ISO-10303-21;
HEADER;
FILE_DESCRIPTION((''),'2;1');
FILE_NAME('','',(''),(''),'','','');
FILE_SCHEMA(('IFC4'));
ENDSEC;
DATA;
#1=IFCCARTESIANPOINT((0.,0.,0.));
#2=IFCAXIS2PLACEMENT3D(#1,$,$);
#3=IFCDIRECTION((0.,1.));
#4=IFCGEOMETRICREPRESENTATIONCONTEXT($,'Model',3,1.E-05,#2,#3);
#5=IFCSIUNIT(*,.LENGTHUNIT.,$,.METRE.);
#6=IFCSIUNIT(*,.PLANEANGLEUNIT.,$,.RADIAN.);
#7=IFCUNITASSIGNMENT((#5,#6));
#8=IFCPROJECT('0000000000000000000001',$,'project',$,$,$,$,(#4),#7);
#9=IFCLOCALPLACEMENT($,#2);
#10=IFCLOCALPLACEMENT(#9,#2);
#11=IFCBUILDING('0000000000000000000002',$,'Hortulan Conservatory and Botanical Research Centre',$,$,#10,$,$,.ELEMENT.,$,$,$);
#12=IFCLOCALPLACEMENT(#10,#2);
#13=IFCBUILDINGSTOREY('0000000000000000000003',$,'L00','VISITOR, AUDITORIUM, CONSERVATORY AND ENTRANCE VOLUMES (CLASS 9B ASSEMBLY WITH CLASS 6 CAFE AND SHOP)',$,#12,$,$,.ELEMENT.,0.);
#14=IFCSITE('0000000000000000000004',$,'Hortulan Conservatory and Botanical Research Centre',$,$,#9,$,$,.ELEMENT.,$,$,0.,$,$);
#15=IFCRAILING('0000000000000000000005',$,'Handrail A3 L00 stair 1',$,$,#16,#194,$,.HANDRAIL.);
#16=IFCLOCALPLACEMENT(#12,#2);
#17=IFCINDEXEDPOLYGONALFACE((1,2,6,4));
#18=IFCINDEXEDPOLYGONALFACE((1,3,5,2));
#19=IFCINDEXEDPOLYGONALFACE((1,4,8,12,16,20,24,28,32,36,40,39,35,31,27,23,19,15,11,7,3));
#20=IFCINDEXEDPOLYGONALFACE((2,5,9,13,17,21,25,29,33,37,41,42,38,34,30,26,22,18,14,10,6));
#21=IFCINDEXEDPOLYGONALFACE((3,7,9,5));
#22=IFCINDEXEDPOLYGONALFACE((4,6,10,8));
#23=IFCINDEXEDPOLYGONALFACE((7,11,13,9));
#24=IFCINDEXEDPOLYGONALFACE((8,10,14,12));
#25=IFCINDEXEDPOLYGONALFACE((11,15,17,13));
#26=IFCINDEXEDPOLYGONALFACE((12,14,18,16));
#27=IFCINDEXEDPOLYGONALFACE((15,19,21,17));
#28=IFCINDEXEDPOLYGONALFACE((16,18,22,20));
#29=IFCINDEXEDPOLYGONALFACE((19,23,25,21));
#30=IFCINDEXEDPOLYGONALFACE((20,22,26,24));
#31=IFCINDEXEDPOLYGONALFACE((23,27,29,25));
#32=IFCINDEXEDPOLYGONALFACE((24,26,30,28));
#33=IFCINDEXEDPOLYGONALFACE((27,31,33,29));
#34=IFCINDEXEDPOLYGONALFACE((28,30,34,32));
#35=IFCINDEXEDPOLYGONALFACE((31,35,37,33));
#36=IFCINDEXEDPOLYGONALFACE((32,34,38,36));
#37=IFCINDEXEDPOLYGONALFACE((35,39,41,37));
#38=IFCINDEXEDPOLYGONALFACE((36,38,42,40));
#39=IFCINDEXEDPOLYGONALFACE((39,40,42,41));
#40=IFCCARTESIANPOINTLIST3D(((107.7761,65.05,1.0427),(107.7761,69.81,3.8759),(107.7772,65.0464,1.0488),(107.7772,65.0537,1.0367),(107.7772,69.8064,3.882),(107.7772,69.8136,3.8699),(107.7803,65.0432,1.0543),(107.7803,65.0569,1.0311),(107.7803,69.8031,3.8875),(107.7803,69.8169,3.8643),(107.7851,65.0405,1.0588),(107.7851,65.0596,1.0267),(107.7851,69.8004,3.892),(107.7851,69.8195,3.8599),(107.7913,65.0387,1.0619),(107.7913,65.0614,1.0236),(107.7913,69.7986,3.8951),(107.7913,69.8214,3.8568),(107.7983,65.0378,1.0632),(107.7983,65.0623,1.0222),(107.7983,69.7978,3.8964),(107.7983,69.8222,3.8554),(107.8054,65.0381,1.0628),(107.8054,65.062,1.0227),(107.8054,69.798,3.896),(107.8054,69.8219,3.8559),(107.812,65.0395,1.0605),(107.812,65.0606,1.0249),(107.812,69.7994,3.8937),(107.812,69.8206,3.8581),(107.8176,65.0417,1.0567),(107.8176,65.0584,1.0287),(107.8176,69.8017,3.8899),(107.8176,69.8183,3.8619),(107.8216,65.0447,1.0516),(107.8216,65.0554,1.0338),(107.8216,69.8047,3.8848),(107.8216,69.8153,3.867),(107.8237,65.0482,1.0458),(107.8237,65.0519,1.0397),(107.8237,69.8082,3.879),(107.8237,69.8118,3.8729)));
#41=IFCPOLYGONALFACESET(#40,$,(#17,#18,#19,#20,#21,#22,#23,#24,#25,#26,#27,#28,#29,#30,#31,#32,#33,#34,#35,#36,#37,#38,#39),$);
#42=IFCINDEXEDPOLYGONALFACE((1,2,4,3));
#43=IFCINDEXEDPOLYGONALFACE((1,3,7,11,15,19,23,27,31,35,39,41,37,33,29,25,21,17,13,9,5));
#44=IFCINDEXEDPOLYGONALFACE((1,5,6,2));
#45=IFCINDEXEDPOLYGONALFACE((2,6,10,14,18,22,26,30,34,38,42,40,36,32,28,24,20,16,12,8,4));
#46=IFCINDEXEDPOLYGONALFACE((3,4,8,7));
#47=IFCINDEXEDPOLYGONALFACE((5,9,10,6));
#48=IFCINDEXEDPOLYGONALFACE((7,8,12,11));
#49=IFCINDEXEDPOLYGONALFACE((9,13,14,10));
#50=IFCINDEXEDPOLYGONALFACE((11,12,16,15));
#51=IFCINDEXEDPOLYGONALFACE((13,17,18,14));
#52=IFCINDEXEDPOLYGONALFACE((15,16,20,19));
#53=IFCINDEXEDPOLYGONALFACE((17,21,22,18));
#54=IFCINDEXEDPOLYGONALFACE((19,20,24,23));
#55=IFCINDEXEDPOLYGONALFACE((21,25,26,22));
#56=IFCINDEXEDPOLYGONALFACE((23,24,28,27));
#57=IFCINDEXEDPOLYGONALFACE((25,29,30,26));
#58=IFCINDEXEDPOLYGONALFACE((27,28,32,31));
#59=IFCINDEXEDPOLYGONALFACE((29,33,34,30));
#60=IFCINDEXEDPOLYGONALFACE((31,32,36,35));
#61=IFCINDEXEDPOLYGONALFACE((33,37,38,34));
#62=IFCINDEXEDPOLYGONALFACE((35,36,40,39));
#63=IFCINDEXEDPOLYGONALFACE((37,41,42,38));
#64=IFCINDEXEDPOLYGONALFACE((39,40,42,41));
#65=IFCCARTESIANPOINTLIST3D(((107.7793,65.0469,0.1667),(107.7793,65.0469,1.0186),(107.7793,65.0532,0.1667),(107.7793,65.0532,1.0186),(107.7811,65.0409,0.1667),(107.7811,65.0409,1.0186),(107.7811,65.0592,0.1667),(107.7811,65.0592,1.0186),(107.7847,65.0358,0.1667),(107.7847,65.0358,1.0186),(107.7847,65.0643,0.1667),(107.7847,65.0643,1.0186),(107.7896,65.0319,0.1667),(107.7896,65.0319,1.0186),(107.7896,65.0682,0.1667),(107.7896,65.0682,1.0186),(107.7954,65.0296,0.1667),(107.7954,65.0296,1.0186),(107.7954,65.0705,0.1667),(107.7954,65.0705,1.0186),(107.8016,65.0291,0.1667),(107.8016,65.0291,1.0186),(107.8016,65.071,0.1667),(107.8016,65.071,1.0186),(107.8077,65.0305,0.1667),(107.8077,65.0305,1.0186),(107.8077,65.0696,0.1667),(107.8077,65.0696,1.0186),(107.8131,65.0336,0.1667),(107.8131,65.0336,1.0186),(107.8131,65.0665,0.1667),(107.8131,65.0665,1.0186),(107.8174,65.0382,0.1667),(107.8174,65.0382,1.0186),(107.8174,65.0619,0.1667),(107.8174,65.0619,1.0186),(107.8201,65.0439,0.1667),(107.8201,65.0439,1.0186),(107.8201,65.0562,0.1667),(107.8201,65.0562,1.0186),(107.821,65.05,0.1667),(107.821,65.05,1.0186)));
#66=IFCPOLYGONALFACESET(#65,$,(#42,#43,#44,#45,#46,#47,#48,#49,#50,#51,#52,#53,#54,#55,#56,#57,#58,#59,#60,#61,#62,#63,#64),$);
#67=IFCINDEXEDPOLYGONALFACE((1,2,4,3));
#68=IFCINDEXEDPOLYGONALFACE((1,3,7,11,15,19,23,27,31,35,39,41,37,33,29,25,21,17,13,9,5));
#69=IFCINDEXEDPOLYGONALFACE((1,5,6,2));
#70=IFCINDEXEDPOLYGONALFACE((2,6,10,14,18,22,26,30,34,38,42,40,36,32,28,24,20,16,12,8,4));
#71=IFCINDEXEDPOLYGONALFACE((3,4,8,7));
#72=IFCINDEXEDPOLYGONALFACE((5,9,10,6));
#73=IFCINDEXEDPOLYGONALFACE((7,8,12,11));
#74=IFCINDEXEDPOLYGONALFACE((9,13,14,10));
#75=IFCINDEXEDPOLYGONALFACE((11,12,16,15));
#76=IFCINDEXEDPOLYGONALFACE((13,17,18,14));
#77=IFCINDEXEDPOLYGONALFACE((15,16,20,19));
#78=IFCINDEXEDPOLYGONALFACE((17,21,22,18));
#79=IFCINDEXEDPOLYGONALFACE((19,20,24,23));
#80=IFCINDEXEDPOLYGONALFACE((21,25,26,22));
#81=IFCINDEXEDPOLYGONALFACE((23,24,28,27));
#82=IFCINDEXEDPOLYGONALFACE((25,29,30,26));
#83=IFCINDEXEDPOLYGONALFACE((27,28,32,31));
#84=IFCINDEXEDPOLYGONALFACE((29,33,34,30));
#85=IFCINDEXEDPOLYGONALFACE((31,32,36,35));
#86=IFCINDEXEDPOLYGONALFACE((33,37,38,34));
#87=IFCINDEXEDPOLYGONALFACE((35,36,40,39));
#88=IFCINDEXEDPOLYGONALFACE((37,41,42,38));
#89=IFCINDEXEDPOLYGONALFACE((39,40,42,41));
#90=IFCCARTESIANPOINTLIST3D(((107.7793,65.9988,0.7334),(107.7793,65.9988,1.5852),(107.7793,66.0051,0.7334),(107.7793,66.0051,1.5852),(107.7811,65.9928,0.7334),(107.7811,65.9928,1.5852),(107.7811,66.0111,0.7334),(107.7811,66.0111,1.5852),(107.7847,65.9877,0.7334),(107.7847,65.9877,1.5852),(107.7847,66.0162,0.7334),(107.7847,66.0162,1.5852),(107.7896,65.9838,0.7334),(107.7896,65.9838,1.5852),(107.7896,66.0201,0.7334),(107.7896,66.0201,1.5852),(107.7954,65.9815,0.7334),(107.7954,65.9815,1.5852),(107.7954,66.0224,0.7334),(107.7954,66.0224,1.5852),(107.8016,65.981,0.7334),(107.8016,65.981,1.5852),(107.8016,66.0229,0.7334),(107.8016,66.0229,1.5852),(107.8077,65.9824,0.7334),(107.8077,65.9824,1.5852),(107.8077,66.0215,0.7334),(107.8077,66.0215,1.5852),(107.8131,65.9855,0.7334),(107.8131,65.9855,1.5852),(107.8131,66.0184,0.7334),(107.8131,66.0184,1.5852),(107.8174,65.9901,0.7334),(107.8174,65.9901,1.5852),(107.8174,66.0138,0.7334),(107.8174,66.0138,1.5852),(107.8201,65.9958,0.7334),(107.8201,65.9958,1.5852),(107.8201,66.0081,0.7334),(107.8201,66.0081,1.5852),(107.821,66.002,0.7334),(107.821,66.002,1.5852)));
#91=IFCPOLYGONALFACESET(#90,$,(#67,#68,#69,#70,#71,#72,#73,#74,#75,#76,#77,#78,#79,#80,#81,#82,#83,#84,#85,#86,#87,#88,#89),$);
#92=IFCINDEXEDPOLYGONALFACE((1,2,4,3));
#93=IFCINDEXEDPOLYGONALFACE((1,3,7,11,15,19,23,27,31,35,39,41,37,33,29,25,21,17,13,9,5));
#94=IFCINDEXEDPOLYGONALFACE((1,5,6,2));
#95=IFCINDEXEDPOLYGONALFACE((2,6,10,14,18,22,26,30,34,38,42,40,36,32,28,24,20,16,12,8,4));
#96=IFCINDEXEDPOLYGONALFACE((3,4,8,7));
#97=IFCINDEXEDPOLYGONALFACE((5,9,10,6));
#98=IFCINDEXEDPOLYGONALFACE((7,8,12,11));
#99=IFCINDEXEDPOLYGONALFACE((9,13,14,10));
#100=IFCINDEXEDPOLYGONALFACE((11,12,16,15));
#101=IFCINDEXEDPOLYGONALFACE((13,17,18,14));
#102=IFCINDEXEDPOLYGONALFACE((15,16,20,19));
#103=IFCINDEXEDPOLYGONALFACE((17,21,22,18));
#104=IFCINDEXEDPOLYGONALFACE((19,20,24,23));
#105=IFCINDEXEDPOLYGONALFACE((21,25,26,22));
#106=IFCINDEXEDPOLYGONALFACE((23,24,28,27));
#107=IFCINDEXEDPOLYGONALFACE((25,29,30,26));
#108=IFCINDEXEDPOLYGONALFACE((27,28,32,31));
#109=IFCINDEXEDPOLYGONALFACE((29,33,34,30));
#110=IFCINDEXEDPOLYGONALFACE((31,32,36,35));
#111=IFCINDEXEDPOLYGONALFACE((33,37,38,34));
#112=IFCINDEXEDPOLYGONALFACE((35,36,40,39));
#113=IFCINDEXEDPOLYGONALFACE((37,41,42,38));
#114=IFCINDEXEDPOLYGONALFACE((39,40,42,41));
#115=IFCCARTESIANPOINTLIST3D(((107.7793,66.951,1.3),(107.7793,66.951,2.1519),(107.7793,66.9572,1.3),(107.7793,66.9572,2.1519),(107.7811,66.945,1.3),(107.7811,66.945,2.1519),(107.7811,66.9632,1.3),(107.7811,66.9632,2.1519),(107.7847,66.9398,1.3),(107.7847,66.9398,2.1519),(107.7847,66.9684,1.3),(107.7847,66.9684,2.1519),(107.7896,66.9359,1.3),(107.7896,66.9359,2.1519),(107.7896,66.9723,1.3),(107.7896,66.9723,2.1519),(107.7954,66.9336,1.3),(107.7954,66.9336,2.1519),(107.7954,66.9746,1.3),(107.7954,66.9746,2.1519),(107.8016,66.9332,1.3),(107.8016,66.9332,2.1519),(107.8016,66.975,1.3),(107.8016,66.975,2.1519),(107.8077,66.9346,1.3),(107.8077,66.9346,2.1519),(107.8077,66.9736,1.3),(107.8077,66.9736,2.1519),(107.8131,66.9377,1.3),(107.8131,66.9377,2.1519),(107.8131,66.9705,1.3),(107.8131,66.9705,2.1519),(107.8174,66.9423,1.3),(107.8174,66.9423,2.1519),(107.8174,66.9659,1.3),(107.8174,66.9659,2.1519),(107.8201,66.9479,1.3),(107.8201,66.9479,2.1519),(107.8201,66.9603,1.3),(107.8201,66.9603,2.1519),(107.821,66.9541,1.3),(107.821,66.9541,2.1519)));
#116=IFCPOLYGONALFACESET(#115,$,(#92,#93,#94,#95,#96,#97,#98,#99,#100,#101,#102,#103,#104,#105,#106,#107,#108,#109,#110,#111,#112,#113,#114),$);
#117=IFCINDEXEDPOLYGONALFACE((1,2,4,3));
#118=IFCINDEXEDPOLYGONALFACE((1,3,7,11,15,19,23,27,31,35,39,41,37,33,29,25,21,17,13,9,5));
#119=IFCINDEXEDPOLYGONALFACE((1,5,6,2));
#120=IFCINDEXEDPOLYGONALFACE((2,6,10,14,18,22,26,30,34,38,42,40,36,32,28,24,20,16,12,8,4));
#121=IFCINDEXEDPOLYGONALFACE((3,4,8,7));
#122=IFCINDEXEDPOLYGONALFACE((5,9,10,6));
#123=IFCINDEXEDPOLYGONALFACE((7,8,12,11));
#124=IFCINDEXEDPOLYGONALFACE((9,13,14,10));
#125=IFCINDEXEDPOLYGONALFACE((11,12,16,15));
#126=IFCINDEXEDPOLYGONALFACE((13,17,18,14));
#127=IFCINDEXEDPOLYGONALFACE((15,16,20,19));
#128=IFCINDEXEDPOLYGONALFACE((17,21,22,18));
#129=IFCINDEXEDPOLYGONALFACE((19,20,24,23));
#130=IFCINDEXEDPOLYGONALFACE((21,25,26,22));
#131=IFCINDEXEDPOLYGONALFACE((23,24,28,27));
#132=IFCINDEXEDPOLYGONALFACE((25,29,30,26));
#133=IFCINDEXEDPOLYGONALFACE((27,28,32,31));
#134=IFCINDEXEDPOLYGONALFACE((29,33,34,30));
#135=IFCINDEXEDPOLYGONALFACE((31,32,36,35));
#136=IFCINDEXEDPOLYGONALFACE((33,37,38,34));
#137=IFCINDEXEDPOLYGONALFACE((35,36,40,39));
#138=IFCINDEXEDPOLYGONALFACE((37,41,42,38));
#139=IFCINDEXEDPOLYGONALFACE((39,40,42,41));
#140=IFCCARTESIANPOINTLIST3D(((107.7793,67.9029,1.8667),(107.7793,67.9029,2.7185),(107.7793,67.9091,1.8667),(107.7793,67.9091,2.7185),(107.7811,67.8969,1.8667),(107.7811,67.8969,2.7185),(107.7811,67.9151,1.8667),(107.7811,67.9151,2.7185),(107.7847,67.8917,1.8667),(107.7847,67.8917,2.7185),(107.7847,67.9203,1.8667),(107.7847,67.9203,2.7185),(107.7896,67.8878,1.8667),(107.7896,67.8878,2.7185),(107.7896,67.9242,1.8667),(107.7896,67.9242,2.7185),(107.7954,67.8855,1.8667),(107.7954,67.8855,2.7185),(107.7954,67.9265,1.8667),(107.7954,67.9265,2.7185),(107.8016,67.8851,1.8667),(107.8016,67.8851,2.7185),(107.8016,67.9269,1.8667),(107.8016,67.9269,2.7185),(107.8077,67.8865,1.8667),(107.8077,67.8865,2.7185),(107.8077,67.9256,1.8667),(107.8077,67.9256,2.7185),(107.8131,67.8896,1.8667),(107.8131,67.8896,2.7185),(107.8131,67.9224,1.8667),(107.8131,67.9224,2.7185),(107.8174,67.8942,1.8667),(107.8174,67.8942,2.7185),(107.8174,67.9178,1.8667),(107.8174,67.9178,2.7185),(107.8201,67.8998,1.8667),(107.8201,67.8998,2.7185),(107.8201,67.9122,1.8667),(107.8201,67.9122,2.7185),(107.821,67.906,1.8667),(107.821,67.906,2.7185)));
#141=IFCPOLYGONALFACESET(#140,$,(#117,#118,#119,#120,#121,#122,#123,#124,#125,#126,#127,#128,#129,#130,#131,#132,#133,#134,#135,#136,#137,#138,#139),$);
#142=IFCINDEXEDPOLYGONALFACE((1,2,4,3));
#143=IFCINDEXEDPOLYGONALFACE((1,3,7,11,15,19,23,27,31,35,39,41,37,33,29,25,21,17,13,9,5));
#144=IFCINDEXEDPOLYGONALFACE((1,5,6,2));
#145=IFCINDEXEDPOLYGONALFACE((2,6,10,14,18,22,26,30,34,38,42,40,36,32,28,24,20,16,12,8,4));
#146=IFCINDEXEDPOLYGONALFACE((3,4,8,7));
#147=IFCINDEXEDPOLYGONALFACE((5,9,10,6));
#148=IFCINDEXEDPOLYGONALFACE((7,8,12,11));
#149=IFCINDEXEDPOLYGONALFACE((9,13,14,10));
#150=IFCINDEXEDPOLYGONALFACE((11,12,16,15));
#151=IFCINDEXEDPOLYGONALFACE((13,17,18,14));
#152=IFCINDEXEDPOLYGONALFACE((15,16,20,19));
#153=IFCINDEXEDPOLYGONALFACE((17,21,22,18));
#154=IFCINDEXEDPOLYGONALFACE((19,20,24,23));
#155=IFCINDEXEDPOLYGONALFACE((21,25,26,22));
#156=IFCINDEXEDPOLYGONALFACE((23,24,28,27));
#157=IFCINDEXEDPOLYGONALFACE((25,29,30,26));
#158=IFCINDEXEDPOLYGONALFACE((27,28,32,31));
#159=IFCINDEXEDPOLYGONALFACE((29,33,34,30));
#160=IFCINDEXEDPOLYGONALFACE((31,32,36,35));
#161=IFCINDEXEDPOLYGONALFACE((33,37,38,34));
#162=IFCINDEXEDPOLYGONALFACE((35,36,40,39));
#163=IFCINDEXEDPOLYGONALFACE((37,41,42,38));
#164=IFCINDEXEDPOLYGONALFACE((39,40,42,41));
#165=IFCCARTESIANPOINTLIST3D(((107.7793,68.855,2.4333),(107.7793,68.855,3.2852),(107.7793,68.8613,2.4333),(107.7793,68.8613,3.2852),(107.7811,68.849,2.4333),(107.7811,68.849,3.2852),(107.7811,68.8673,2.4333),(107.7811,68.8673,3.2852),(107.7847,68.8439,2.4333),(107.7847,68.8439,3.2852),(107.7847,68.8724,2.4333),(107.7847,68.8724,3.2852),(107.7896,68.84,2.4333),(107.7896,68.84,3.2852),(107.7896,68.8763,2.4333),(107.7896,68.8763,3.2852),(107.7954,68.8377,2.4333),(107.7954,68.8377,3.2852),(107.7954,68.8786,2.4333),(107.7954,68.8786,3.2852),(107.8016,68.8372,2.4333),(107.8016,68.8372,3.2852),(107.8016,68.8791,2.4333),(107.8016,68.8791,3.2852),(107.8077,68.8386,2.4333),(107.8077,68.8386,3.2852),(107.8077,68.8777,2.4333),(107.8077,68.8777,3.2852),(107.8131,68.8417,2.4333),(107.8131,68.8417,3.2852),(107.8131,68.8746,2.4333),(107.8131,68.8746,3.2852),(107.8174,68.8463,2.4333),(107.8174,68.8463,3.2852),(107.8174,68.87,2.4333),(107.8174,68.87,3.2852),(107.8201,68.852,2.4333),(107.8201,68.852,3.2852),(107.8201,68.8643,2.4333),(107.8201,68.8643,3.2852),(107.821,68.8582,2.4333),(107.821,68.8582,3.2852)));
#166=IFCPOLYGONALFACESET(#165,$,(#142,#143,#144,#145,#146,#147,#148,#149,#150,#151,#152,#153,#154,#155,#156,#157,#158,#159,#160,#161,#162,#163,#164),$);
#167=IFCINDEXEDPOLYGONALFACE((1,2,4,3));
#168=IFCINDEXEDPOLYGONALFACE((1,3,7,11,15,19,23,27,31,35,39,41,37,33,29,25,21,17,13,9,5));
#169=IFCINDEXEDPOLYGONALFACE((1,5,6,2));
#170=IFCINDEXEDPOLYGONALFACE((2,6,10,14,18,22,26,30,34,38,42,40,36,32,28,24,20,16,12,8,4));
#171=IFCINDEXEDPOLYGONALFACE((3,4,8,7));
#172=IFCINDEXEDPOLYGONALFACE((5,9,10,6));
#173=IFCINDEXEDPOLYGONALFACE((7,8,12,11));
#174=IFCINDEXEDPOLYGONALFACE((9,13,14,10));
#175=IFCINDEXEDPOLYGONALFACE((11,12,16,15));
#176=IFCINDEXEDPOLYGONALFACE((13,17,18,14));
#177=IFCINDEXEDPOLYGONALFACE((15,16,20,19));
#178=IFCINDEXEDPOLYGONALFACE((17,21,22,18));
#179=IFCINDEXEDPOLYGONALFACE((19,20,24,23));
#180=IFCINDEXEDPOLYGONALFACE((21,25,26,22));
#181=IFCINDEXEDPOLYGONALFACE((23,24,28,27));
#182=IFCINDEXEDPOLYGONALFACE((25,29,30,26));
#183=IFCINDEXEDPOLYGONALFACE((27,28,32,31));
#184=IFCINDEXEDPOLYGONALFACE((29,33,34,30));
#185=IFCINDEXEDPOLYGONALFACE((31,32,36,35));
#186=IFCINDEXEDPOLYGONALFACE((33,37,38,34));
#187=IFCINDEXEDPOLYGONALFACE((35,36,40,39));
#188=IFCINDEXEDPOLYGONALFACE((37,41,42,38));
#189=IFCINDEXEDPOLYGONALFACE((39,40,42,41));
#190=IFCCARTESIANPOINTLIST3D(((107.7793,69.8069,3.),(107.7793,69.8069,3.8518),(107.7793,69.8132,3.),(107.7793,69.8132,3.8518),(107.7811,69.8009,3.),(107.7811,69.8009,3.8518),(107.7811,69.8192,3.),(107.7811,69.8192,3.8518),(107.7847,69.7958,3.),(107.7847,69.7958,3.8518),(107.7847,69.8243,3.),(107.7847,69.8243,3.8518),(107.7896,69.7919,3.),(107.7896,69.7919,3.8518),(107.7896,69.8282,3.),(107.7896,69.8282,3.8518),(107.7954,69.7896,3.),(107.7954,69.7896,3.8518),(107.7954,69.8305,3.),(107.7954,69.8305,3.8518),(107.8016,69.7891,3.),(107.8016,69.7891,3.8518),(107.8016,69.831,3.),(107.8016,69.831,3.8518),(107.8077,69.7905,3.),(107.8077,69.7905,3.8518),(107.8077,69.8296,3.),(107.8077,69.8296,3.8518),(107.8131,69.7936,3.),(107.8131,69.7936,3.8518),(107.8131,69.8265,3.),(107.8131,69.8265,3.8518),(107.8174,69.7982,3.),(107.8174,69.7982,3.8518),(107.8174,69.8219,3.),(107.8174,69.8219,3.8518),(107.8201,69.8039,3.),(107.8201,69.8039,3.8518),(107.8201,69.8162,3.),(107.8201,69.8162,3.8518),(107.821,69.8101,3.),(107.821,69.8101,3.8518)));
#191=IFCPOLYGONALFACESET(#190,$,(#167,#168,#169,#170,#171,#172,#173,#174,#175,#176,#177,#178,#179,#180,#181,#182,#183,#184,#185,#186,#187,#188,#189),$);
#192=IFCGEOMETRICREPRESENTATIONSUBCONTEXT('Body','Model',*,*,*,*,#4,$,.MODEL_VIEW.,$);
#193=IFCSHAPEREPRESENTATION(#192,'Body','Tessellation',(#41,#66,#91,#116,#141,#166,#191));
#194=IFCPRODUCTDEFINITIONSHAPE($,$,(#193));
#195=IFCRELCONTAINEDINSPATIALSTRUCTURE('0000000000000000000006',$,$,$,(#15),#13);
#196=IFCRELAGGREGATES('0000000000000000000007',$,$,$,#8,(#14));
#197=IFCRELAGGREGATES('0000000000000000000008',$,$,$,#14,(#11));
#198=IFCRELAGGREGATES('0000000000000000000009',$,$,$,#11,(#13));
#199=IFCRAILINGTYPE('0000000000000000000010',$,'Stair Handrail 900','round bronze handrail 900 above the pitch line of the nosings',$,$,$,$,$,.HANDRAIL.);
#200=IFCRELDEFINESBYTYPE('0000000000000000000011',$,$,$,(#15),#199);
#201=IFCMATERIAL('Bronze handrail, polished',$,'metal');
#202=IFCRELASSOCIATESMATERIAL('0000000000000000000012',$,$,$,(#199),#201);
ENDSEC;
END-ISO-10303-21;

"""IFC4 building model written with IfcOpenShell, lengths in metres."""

from ifc_helpers import new_model, si_unit, direction, frame, origin, origin_2d, place, context, subcontext, project, spatial, circle, extrude, material, type_object, element, save


model = new_model("IFC4")

# Units and contexts
model_context = context("Model", 3, precision=1e-05, world=origin(), true_north=direction((0.0, 1.0)))
body_context = subcontext(model_context, "Body", "Model", "MODEL_VIEW")
ifc_project = project(units=[si_unit("LENGTHUNIT", "METRE"), si_unit("PLANEANGLEUNIT", "RADIAN")], contexts=[model_context])

# Site, building, storey
site_placement = place(None, origin())
site = spatial("IfcSite", under=ifc_project, at=site_placement, Name="Hortulan Conservatory and Botanical Research Centre", CompositionType="ELEMENT", RefElevation=0.0)
building_placement = place(site_placement, origin())
building = spatial("IfcBuilding", under=site, at=building_placement, Name="Hortulan Conservatory and Botanical Research Centre", CompositionType="ELEMENT")
storey_placement = place(building_placement, origin())
storey = spatial("IfcBuildingStorey", under=building, at=storey_placement, Name="L00", Description="VISITOR, AUDITORIUM, CONSERVATORY AND ENTRANCE VOLUMES (CLASS 9B ASSEMBLY WITH CLASS 6 CAFE AND SHOP)", CompositionType="ELEMENT", Elevation=0.0)

# Railing
ifc_material_1 = material(Name="Bronze handrail, polished", Category="metal")
railing_type_1 = type_object("IfcRailingType", Name="Stair Handrail 900", Description="round bronze handrail 900 above the pitch line of the nosings", PredefinedType="HANDRAIL", material=ifc_material_1)
for number, where, name in (
    (1, (107.8, 65.05, 0.1667), "Handrail A3 L00 stair 1"),
):
    element("IfcRailing", number, at=place(storey_placement, frame(where)), inside=storey, type_object=railing_type_1, Name=name, PredefinedType="HANDRAIL", context=body_context, shape_type="SweptSolid", body=[
        extrude(circle(Radius=0.0239, at=origin_2d()), frame((0.0, 0.0, 0.876), z_axis=(0.0, 0.8593, 0.511472), x_axis=(-1.0, 0.0, 0.0)), (0.0, 0.0, 1.0), 5.5393),
        extrude(circle(Radius=0.021, at=origin_2d()), origin(), (0.0, 0.0, 1.0), 0.8518),
        extrude(circle(Radius=0.021, at=origin_2d()), frame((0.0, 0.9519, 0.5667)), (0.0, 0.0, 1.0), 0.8518),
        extrude(circle(Radius=0.021, at=origin_2d()), frame((0.0, 1.9041, 1.1333)), (0.0, 0.0, 1.0), 0.8518),
        extrude(circle(Radius=0.021, at=origin_2d()), frame((0.0, 2.856, 1.7)), (0.0, 0.0, 1.0), 0.8518),
        extrude(circle(Radius=0.021, at=origin_2d()), frame((0.0, 3.8081, 2.2666)), (0.0, 0.0, 1.0), 0.8518),
        extrude(circle(Radius=0.021, at=origin_2d()), frame((0.0, 4.76, 2.8333)), (0.0, 0.0, 1.0), 0.8518),
    ])

save(model, "model.ifc")
